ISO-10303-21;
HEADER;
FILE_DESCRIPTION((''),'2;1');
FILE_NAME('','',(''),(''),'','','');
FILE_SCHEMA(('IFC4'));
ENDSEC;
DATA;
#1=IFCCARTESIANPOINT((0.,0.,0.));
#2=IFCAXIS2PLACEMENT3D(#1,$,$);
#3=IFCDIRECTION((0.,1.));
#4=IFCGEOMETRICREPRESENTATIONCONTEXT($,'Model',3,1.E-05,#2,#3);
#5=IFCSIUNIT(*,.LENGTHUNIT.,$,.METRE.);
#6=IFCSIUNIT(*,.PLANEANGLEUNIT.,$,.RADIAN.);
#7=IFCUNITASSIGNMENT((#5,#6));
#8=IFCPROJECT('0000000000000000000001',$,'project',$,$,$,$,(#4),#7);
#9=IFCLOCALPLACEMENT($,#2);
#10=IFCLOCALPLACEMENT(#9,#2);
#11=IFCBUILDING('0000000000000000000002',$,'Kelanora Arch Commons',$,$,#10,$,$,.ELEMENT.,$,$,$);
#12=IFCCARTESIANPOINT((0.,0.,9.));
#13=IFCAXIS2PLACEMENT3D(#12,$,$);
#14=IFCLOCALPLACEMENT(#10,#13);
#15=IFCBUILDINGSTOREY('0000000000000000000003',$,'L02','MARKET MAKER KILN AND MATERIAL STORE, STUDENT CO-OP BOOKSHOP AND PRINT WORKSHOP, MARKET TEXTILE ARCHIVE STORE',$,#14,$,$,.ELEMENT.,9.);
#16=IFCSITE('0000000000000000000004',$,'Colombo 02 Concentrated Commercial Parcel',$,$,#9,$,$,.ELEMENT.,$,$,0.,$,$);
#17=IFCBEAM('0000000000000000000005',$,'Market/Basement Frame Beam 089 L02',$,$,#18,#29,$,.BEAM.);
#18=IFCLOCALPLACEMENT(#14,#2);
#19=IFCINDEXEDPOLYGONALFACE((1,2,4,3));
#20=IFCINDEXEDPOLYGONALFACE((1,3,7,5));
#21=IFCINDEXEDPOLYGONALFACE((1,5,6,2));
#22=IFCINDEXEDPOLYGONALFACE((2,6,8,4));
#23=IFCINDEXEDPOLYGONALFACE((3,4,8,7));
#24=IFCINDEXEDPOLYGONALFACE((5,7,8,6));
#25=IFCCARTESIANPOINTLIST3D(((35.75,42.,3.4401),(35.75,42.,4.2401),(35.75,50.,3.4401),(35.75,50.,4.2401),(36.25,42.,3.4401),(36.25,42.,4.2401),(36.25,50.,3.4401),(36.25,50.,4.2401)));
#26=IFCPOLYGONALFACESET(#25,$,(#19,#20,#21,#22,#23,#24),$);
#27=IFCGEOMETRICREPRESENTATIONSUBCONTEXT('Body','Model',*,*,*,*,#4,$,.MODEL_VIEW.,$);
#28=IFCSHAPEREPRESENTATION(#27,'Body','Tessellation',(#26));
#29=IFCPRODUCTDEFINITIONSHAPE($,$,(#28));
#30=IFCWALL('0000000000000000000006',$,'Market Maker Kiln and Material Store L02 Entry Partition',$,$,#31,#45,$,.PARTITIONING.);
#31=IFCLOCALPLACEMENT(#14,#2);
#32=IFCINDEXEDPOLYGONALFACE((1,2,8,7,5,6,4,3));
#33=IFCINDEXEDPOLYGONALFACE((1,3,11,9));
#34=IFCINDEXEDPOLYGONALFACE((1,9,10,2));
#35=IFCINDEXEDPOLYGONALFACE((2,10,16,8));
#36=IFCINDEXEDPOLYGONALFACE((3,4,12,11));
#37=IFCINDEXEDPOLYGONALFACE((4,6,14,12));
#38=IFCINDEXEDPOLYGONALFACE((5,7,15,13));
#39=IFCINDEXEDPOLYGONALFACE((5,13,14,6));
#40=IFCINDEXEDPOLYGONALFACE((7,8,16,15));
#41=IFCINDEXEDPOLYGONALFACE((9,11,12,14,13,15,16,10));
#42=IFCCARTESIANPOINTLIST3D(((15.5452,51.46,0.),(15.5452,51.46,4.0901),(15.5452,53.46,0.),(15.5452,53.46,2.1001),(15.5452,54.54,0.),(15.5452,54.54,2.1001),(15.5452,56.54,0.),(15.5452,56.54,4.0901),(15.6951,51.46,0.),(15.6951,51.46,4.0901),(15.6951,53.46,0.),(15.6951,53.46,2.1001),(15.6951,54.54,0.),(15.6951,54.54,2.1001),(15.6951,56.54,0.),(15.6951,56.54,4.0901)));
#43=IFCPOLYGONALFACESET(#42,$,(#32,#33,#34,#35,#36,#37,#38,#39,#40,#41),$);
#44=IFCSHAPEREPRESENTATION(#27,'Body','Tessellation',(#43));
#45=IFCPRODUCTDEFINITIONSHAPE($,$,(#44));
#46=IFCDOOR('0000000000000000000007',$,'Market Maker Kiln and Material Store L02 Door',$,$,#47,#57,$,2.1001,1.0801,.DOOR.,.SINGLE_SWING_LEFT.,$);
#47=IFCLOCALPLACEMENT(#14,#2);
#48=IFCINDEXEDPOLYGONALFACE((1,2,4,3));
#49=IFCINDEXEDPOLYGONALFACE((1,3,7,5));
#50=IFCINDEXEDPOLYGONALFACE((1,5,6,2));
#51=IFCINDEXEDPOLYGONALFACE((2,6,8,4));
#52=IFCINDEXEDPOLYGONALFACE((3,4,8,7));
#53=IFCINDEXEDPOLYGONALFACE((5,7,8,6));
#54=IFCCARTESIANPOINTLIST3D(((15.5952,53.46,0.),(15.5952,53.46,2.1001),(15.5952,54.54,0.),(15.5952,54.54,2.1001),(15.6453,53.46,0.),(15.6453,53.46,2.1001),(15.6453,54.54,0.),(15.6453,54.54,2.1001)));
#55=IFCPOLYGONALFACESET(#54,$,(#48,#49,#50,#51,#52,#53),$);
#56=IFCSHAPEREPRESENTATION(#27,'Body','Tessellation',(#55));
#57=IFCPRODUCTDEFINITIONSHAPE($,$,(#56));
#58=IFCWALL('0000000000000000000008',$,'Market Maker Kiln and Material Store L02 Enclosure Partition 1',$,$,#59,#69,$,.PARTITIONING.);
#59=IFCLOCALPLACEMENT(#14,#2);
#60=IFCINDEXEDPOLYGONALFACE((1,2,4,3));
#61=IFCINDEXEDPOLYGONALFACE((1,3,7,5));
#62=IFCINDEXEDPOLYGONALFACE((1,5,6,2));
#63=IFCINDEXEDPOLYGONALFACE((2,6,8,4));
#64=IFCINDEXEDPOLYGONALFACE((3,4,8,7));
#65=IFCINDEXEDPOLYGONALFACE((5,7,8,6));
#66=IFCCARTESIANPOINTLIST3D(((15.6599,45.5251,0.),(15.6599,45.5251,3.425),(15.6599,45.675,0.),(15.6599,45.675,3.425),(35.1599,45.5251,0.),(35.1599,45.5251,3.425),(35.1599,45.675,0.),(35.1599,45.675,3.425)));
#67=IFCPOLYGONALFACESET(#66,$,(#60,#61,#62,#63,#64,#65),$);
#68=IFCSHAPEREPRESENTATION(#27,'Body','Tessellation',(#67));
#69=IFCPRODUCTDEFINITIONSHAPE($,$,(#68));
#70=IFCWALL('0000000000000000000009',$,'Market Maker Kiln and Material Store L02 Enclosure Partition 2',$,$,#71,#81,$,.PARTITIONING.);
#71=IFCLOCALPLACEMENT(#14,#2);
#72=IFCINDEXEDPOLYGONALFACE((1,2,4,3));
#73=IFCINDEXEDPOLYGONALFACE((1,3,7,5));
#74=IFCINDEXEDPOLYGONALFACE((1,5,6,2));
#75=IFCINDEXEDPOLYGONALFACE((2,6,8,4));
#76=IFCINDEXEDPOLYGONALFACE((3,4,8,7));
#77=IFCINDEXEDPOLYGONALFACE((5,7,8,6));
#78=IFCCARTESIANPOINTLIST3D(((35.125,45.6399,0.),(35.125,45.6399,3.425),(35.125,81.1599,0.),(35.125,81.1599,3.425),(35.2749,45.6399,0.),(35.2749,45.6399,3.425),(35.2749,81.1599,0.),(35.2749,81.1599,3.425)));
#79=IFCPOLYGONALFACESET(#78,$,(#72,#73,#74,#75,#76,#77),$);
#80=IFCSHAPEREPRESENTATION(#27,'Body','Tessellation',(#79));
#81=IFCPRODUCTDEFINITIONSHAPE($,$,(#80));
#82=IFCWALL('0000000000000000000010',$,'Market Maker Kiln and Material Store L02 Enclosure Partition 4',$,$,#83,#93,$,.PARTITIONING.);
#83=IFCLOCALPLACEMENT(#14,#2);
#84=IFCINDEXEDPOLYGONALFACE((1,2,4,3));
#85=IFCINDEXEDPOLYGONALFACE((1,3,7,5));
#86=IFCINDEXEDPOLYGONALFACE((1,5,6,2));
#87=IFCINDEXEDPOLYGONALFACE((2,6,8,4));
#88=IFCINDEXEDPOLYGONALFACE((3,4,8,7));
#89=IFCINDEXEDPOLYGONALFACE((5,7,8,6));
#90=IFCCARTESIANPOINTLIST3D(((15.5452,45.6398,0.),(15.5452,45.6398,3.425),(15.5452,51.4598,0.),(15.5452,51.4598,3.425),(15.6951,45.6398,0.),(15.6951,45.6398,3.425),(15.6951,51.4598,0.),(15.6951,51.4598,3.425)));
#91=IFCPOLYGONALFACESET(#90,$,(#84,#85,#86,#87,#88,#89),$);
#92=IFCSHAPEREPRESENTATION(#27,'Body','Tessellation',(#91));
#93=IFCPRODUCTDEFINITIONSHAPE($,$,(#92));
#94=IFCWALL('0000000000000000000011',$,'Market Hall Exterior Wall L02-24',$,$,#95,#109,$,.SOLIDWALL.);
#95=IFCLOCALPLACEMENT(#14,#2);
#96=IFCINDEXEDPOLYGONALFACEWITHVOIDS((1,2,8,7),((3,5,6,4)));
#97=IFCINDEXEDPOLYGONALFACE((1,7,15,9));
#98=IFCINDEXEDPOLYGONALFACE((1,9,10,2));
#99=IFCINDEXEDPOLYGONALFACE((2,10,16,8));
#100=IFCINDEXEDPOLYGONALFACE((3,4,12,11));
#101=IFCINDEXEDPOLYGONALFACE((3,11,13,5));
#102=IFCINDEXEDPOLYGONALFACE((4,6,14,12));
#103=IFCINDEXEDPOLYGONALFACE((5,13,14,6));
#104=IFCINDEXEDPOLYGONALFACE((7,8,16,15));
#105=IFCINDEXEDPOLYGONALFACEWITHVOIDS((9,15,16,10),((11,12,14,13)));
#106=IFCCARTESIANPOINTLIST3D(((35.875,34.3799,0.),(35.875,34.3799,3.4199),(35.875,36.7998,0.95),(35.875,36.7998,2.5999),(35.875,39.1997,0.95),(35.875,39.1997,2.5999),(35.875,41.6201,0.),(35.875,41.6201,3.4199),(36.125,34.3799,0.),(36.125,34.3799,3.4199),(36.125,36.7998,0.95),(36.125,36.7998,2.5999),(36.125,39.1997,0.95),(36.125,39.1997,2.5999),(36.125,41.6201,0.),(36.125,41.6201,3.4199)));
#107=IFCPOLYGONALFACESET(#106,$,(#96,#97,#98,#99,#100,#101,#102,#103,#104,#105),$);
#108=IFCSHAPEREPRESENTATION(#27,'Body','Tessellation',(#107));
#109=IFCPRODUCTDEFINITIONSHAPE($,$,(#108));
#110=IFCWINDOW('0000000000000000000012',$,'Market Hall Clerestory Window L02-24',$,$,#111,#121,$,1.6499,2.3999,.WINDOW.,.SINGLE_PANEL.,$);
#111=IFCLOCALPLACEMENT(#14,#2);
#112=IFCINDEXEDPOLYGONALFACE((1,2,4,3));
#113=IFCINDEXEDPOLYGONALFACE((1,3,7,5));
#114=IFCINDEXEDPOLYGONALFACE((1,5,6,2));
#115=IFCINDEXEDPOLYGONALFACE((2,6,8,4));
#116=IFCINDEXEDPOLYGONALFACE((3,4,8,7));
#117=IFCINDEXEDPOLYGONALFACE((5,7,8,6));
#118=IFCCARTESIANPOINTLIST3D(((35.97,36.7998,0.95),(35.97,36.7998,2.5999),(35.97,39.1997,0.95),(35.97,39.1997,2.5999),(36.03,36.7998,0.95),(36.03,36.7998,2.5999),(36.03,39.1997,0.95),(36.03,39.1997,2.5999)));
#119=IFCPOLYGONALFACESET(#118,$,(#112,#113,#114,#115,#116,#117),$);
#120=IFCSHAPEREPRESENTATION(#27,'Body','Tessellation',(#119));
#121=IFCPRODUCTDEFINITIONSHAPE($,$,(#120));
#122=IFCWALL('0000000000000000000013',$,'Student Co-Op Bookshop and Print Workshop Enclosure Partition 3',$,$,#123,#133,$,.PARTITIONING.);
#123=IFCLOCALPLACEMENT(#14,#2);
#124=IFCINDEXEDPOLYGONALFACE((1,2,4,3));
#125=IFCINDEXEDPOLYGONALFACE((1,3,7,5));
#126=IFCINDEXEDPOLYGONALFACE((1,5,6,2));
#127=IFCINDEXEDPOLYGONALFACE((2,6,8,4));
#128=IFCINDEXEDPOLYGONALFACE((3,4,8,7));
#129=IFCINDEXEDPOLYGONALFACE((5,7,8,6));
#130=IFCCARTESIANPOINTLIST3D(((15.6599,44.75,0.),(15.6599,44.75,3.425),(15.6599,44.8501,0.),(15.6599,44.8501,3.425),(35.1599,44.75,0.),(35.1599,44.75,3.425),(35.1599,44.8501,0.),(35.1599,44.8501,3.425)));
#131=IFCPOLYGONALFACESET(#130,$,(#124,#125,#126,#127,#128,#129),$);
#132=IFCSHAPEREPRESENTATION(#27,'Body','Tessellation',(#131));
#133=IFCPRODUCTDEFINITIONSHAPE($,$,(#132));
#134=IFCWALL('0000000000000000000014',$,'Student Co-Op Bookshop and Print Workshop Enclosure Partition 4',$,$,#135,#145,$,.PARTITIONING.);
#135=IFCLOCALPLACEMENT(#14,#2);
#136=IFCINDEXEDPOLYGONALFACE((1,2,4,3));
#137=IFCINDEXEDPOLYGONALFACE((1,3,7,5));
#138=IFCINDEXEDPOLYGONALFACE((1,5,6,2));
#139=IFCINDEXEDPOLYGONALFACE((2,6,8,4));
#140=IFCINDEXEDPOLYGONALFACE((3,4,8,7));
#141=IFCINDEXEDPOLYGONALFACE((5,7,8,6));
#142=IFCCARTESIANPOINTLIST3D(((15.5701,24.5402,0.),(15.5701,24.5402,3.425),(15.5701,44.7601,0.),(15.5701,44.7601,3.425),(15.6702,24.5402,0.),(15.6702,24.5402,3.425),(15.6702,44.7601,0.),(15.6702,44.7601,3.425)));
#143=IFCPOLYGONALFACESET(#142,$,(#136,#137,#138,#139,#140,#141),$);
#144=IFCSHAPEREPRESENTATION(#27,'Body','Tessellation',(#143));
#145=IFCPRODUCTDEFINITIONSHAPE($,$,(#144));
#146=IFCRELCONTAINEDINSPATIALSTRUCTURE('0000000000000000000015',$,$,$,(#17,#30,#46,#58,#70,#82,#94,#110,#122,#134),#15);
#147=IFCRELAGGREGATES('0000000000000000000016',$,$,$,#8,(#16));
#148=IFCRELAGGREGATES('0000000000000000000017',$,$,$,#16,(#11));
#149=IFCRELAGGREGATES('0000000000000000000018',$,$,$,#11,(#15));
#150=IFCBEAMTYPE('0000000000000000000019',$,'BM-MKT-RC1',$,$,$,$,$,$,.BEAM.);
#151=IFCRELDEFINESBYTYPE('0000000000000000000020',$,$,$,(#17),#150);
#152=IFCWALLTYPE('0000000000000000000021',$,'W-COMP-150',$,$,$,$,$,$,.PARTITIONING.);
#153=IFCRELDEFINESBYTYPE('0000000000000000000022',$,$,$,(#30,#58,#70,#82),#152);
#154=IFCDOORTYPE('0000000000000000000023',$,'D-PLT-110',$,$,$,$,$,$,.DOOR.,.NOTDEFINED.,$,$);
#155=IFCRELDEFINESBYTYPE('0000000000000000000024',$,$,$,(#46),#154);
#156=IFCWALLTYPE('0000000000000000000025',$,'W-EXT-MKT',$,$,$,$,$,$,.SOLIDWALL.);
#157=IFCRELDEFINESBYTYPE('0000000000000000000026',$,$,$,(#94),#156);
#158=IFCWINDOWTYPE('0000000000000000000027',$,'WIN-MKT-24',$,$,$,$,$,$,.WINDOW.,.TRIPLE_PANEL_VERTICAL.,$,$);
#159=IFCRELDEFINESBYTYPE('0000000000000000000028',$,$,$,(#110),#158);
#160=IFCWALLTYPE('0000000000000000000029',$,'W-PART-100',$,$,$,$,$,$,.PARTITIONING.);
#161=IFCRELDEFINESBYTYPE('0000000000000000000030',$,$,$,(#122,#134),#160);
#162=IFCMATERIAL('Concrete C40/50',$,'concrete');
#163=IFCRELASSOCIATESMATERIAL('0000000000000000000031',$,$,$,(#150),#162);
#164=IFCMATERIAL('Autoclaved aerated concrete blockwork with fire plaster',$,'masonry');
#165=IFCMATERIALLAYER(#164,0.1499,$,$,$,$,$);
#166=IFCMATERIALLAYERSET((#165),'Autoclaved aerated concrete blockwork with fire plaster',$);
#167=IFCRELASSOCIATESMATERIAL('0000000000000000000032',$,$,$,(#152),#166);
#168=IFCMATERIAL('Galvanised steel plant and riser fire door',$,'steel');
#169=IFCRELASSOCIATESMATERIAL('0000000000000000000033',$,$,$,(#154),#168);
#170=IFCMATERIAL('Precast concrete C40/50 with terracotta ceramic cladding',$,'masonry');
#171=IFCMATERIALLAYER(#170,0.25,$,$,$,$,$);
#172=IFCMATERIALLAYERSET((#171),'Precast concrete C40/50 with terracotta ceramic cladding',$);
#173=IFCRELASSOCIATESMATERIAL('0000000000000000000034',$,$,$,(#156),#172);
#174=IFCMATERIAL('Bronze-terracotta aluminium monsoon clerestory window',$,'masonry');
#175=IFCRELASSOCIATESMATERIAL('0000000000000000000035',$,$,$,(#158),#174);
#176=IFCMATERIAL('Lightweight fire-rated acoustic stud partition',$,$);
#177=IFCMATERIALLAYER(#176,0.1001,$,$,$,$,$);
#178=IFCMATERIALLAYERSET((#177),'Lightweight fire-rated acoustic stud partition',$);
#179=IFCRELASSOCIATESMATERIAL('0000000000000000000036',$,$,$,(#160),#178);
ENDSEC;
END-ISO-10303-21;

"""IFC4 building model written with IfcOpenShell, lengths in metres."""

from ifc_helpers import new_model, si_unit, direction, frame, frame_2d, origin, origin_2d, place, context, subcontext, project, spatial, rectangle, extrude, material, layer, layer_set, material_profile, profile_set, type_object, element, fill, save


model = new_model("IFC4")

# Units and contexts
model_context = context("Model", 3, precision=1e-05, world=origin(), true_north=direction((0.0, 1.0)))
body_context = subcontext(model_context, "Body", "Model", "MODEL_VIEW")
ifc_project = project(units=[si_unit("LENGTHUNIT", "METRE"), si_unit("PLANEANGLEUNIT", "RADIAN")], contexts=[model_context])

# Site, building, storey
site_placement = place(None, origin())
site = spatial("IfcSite", under=ifc_project, at=site_placement, Name="Colombo 02 Concentrated Commercial Parcel", CompositionType="ELEMENT", RefElevation=0.0)
building_placement = place(site_placement, origin())
building = spatial("IfcBuilding", under=site, at=building_placement, Name="Kelanora Arch Commons", CompositionType="ELEMENT")
storey_placement = place(building_placement, frame((0.0, 0.0, 9.0)))
storey = spatial("IfcBuildingStorey", under=building, at=storey_placement, Name="L02", Description="MARKET MAKER KILN AND MATERIAL STORE, STUDENT CO-OP BOOKSHOP AND PRINT WORKSHOP, MARKET TEXTILE ARCHIVE STORE", CompositionType="ELEMENT", Elevation=9.0)

# Beam
ifc_material_1 = material(Name="Concrete C40/50", Category="concrete")
ifc_material_profile_1 = material_profile(ifc_material_1, rectangle(XDim=0.5, YDim=0.8, at=origin_2d()), Name="RCB500x800")
ifc_profile_set_1 = profile_set([ifc_material_profile_1], Name="Concrete C40/50")
beam_type = type_object("IfcBeamType", Name="BM-MKT-RC1", PredefinedType="BEAM", material=ifc_profile_set_1)
for number, where, z_axis, x_axis, name in (
    (1, (36.0, 42.0, 3.8401), (0.0, 1.0, 0.0), (-1.0, 0.0, 0.0), "Market/Basement Frame Beam 089 L02"),
):
    element("IfcBeam", number, at=place(storey_placement, frame(where, z_axis=z_axis, x_axis=x_axis)), inside=storey, type_object=beam_type, Name=name, PredefinedType="BEAM", context=body_context, shape_type="SweptSolid", body=[
        extrude(rectangle(XDim=0.5, YDim=0.8, at=origin_2d()), origin(), (0.0, 0.0, 1.0), 8.0),
    ])

# Wall, opening, door
ifc_material_2 = material(Name="Autoclaved aerated concrete blockwork with fire plaster", Category="masonry")
ifc_layer_1 = layer(ifc_material_2, 0.1499)
ifc_layer_set_1 = layer_set([ifc_layer_1], Name="Autoclaved aerated concrete blockwork with fire plaster")
wall_type_1 = type_object("IfcWallType", Name="W-COMP-150", PredefinedType="PARTITIONING", material=ifc_layer_set_1)
wall_1_placement = place(storey_placement, frame((15.6201, 51.46, 0.0), z_axis=(0.0, 0.0, 1.0), x_axis=(0.0, 1.0, 0.0)))
wall_1 = element("IfcWall", 2, at=wall_1_placement, inside=storey, type_object=wall_type_1, Name="Market Maker Kiln and Material Store L02 Entry Partition", PredefinedType="PARTITIONING", context=body_context, shape_type="SweptSolid", body=[
    extrude(rectangle(XDim=5.0801, YDim=0.1499, at=frame_2d((2.54, 0.0))), origin(), (0.0, 0.0, 1.0), 4.0901),
])
opening_1_placement = place(wall_1_placement, frame((2.0, 0.0, 0.0)))
opening_1 = element("IfcOpeningElement", 3, at=opening_1_placement, cuts=wall_1, PredefinedType="OPENING", context=body_context, shape_type="SweptSolid", body=[
    extrude(rectangle(XDim=1.0801, YDim=2.1001, at=frame_2d((0.54, 1.05))), frame((0.0, 0.085, 0.0), z_axis=(0.0, -1.0, 0.0), x_axis=(1.0, 0.0, 0.0)), (0.0, 0.0, 1.0), 0.1699),
])
ifc_material_3 = material(Name="Galvanised steel plant and riser fire door", Category="steel")
door_type = type_object("IfcDoorType", Name="D-PLT-110", OperationType="NOTDEFINED", PredefinedType="DOOR", material=ifc_material_3)
door_placement = place(opening_1_placement, origin())
door = element("IfcDoor", 4, at=door_placement, inside=storey, type_object=door_type, Name="Market Maker Kiln and Material Store L02 Door", OperationType="SINGLE_SWING_LEFT", OverallHeight=2.1001, OverallWidth=1.0801, PredefinedType="DOOR", context=body_context, shape_type="SweptSolid", body=[
    extrude(rectangle(XDim=1.0801, YDim=2.1001, at=frame_2d((0.54, 1.05))), frame((0.0, 0.0249, 0.0), z_axis=(0.0, -1.0, 0.0), x_axis=(1.0, 0.0, 0.0)), (0.0, 0.0, 1.0), 0.05),
])
fill(opening_1, door)

# Walls
wall_2_placement = place(storey_placement, frame((15.6599, 45.6001, 0.0), z_axis=(0.0, 0.0, 1.0), x_axis=(1.0, 0.0, 0.0)))
element("IfcWall", 5, at=wall_2_placement, inside=storey, type_object=wall_type_1, Name="Market Maker Kiln and Material Store L02 Enclosure Partition 1", PredefinedType="PARTITIONING", context=body_context, shape_type="SweptSolid", body=[
    extrude(rectangle(XDim=19.5, YDim=0.1499, at=frame_2d((9.75, 0.0))), origin(), (0.0, 0.0, 1.0), 3.425),
])
wall_3_placement = place(storey_placement, frame((35.2, 45.6399, 0.0), z_axis=(0.0, 0.0, 1.0), x_axis=(0.0, 1.0, 0.0)))
element("IfcWall", 6, at=wall_3_placement, inside=storey, type_object=wall_type_1, Name="Market Maker Kiln and Material Store L02 Enclosure Partition 2", PredefinedType="PARTITIONING", context=body_context, shape_type="SweptSolid", body=[
    extrude(rectangle(XDim=35.52, YDim=0.1499, at=frame_2d((17.76, 0.0))), origin(), (0.0, 0.0, 1.0), 3.425),
])
wall_4_placement = place(storey_placement, frame((15.6201, 51.46, 0.0), z_axis=(0.0, 0.0, 1.0), x_axis=(0.0, -1.0, 0.0)))
element("IfcWall", 7, at=wall_4_placement, inside=storey, type_object=wall_type_1, Name="Market Maker Kiln and Material Store L02 Enclosure Partition 4", PredefinedType="PARTITIONING", context=body_context, shape_type="SweptSolid", body=[
    extrude(rectangle(XDim=5.8201, YDim=0.1499, at=frame_2d((2.9102, 0.0))), origin(), (0.0, 0.0, 1.0), 3.425),
])

# Wall, opening, window
ifc_material_4 = material(Name="Precast concrete C40/50 with terracotta ceramic cladding", Category="masonry")
ifc_layer_2 = layer(ifc_material_4, 0.25)
ifc_layer_set_2 = layer_set([ifc_layer_2], Name="Precast concrete C40/50 with terracotta ceramic cladding")
wall_type_2 = type_object("IfcWallType", Name="W-EXT-MKT", PredefinedType="SOLIDWALL", material=ifc_layer_set_2)
wall_5_placement = place(storey_placement, frame((36.0, 34.3799, 0.0), z_axis=(0.0, 0.0, 1.0), x_axis=(0.0, 1.0, 0.0)))
wall_5 = element("IfcWall", 8, at=wall_5_placement, inside=storey, type_object=wall_type_2, Name="Market Hall Exterior Wall L02-24", PredefinedType="SOLIDWALL", context=body_context, shape_type="SweptSolid", body=[
    extrude(rectangle(XDim=7.2402, YDim=0.25, at=frame_2d((3.6201, 0.0))), origin(), (0.0, 0.0, 1.0), 3.4199),
])
opening_2_placement = place(wall_5_placement, frame((2.4199, 0.0, 0.95)))
opening_2 = element("IfcOpeningElement", 9, at=opening_2_placement, cuts=wall_5, PredefinedType="OPENING", context=body_context, shape_type="SweptSolid", body=[
    extrude(rectangle(XDim=2.3999, YDim=1.6499, at=frame_2d((1.2, 0.825))), frame((0.0, 0.135, 0.0), z_axis=(0.0, -1.0, 0.0), x_axis=(1.0, 0.0, 0.0)), (0.0, 0.0, 1.0), 0.27),
])
ifc_material_5 = material(Name="Bronze-terracotta aluminium monsoon clerestory window", Category="masonry")
window_type = type_object("IfcWindowType", Name="WIN-MKT-24", PartitioningType="TRIPLE_PANEL_VERTICAL", PredefinedType="WINDOW", material=ifc_material_5)
window_placement = place(opening_2_placement, origin())
window = element("IfcWindow", 10, at=window_placement, inside=storey, type_object=window_type, Name="Market Hall Clerestory Window L02-24", OverallHeight=1.6499, OverallWidth=2.3999, PartitioningType="SINGLE_PANEL", PredefinedType="WINDOW", context=body_context, shape_type="SweptSolid", body=[
    extrude(rectangle(XDim=2.3999, YDim=1.6499, at=frame_2d((1.2, 0.825))), frame((0.0, 0.03, 0.0), z_axis=(0.0, -1.0, 0.0), x_axis=(1.0, 0.0, 0.0)), (0.0, 0.0, 1.0), 0.0601),
])
fill(opening_2, window)

# Walls
ifc_material_6 = material(Name="Lightweight fire-rated acoustic stud partition")
ifc_layer_3 = layer(ifc_material_6, 0.1001)
ifc_layer_set_3 = layer_set([ifc_layer_3], Name="Lightweight fire-rated acoustic stud partition")
wall_type_3 = type_object("IfcWallType", Name="W-PART-100", PredefinedType="PARTITIONING", material=ifc_layer_set_3)
wall_6_placement = place(storey_placement, frame((35.1599, 44.8, 0.0), z_axis=(0.0, 0.0, 1.0), x_axis=(-1.0, 0.0, 0.0)))
element("IfcWall", 11, at=wall_6_placement, inside=storey, type_object=wall_type_3, Name="Student Co-Op Bookshop and Print Workshop Enclosure Partition 3", PredefinedType="PARTITIONING", context=body_context, shape_type="SweptSolid", body=[
    extrude(rectangle(XDim=19.5, YDim=0.1001, at=frame_2d((9.75, 0.0))), origin(), (0.0, 0.0, 1.0), 3.425),
])
wall_7_placement = place(storey_placement, frame((15.6201, 44.76, 0.0), z_axis=(0.0, 0.0, 1.0), x_axis=(0.0, -1.0, 0.0)))
element("IfcWall", 12, at=wall_7_placement, inside=storey, type_object=wall_type_3, Name="Student Co-Op Bookshop and Print Workshop Enclosure Partition 4", PredefinedType="PARTITIONING", context=body_context, shape_type="SweptSolid", body=[
    extrude(rectangle(XDim=20.22, YDim=0.1001, at=frame_2d((10.1099, 0.0))), origin(), (0.0, 0.0, 1.0), 3.425),
])

save(model, "model.ifc")
